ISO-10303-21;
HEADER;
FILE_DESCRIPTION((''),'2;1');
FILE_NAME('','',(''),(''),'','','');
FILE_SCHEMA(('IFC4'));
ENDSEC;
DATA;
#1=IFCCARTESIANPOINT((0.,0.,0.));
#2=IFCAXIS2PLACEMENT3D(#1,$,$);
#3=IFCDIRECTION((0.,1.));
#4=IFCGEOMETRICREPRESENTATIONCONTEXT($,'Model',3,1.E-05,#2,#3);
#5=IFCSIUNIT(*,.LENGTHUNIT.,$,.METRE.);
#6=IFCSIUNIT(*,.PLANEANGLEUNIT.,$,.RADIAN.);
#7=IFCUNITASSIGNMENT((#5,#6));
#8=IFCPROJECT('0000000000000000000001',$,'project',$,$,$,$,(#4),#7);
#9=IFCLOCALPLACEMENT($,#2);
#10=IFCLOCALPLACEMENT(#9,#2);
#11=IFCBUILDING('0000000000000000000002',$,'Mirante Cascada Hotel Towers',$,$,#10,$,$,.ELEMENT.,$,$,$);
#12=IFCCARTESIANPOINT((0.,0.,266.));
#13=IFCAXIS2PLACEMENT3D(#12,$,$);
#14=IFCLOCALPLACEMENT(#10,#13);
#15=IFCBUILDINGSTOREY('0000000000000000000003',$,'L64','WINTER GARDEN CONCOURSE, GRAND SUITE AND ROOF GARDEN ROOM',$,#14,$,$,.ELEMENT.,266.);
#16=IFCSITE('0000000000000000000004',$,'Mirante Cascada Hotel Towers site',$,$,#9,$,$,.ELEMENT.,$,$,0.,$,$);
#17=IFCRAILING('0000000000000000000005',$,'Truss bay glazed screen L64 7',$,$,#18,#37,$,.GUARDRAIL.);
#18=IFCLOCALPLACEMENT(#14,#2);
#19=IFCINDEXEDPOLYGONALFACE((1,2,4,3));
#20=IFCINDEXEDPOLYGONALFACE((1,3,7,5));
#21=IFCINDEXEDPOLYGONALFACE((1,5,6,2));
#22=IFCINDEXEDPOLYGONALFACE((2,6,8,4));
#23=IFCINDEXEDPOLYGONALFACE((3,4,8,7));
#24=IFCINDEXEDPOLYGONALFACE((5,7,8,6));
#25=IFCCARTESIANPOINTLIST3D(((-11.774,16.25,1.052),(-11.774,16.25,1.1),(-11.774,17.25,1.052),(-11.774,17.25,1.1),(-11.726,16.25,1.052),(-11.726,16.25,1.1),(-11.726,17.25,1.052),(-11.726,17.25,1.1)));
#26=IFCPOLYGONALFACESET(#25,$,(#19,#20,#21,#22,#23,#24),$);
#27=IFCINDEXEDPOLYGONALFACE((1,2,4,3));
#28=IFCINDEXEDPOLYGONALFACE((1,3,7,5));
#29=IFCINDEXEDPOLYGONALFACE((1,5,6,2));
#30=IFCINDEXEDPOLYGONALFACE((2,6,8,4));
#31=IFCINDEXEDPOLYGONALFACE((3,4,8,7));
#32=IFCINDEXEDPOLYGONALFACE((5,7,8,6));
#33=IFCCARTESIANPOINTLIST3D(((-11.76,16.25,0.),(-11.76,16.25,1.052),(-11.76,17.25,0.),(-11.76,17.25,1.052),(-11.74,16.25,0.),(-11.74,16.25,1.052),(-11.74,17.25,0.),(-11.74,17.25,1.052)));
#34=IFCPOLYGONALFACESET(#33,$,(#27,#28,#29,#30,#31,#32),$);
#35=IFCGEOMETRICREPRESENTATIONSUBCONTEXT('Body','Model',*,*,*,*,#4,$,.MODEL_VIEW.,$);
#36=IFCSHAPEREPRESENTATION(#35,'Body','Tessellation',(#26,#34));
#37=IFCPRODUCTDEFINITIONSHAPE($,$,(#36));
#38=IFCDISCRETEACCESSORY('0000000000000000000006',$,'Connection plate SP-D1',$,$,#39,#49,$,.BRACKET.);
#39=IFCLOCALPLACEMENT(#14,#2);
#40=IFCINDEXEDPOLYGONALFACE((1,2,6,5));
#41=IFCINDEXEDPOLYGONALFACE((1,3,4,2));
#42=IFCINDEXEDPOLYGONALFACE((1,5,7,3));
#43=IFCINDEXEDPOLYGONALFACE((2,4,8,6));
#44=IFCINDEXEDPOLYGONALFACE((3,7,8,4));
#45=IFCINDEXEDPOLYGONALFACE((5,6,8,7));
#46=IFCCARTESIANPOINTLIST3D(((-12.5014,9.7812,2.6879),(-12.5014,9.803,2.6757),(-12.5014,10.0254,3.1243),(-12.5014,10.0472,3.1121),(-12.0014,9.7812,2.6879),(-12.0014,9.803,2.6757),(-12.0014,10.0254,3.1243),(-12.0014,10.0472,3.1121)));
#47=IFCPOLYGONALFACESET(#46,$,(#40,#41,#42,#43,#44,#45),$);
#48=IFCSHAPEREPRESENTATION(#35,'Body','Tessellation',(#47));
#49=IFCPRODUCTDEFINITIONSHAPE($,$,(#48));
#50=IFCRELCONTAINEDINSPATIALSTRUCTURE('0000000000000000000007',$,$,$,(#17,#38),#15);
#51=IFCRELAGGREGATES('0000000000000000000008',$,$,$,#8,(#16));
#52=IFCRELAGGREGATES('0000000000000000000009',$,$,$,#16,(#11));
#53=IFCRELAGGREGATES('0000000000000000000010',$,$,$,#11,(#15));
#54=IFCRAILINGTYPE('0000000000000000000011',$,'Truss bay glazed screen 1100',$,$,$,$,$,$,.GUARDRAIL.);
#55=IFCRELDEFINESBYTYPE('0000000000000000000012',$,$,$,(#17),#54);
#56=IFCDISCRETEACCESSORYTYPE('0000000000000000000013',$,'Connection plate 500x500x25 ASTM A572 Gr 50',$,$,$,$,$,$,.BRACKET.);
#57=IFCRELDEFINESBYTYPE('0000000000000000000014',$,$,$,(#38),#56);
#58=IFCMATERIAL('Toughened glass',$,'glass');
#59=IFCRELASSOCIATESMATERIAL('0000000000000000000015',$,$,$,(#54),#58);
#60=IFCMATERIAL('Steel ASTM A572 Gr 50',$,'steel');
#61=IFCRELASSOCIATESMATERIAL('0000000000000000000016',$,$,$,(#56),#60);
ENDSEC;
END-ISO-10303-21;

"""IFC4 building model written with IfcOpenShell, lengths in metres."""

from ifc_helpers import new_model, si_unit, direction, frame, origin, origin_2d, place, context, subcontext, project, spatial, rectangle, extrude, material, material_profile, profile_set, type_object, element, save


model = new_model("IFC4")

# Units and contexts
model_context = context("Model", 3, precision=1e-05, world=origin(), true_north=direction((0.0, 1.0)))
body_context = subcontext(model_context, "Body", "Model", "MODEL_VIEW")
ifc_project = project(units=[si_unit("LENGTHUNIT", "METRE"), si_unit("PLANEANGLEUNIT", "RADIAN")], contexts=[model_context])

# Site, building, storey
site_placement = place(None, origin())
site = spatial("IfcSite", under=ifc_project, at=site_placement, Name="Mirante Cascada Hotel Towers site", CompositionType="ELEMENT", RefElevation=0.0)
building_placement = place(site_placement, origin())
building = spatial("IfcBuilding", under=site, at=building_placement, Name="Mirante Cascada Hotel Towers", CompositionType="ELEMENT")
storey_placement = place(building_placement, frame((0.0, 0.0, 266.0)))
storey = spatial("IfcBuildingStorey", under=building, at=storey_placement, Name="L64", Description="WINTER GARDEN CONCOURSE, GRAND SUITE AND ROOF GARDEN ROOM", CompositionType="ELEMENT", Elevation=266.0)

# Railing
ifc_material_1 = material(Name="Toughened glass", Category="glass")
railing_type_1 = type_object("IfcRailingType", Name="Truss bay glazed screen 1100", PredefinedType="GUARDRAIL", material=ifc_material_1)
railing_1_placement = place(storey_placement, frame((-11.75, 16.25, 0.0)))
element("IfcRailing", 1, at=railing_1_placement, inside=storey, type_object=railing_type_1, Name="Truss bay glazed screen L64 7", PredefinedType="GUARDRAIL", context=body_context, shape_type="SweptSolid", body=[
    extrude(rectangle(XDim=0.048, YDim=0.048, at=origin_2d()), frame((0.0, 0.0, 1.076), z_axis=(0.0, 1.0, 0.0), x_axis=(-1.0, 0.0, 0.0)), (0.0, 0.0, 1.0), 1.0),
    extrude(rectangle(XDim=0.02, YDim=1.052, at=origin_2d()), frame((0.0, 0.0, 0.526), z_axis=(0.0, 1.0, 0.0), x_axis=(-1.0, 0.0, 0.0)), (0.0, 0.0, 1.0), 1.0),
])

# Discrete accessory
ifc_material_2 = material(Name="Steel ASTM A572 Gr 50", Category="steel")
ifc_material_profile_1 = material_profile(ifc_material_2, rectangle(XDim=0.5, YDim=0.5, at=origin_2d()), Name="Connection plate 500x500x25 ASTM A572 Gr 50")
ifc_profile_set_1 = profile_set([ifc_material_profile_1], Name="Steel ASTM A572 Gr 50")
discrete_accessory_type = type_object("IfcDiscreteAccessoryType", Name="Connection plate 500x500x25 ASTM A572 Gr 50", PredefinedType="BRACKET", material=ifc_profile_set_1)
discrete_accessory_placement = place(storey_placement, frame((-12.2514, 9.9251, 2.8939), z_axis=(0.0, -0.872642, 0.48836), x_axis=(1.0, 0.0, 0.0)))
element("IfcDiscreteAccessory", 2, at=discrete_accessory_placement, inside=storey, type_object=discrete_accessory_type, Name="Connection plate SP-D1", PredefinedType="BRACKET", context=body_context, shape_type="SweptSolid", body=[
    extrude(rectangle(XDim=0.5, YDim=0.5, at=origin_2d()), origin(), (0.0, 0.0, 1.0), 0.025),
])

save(model, "model.ifc")
